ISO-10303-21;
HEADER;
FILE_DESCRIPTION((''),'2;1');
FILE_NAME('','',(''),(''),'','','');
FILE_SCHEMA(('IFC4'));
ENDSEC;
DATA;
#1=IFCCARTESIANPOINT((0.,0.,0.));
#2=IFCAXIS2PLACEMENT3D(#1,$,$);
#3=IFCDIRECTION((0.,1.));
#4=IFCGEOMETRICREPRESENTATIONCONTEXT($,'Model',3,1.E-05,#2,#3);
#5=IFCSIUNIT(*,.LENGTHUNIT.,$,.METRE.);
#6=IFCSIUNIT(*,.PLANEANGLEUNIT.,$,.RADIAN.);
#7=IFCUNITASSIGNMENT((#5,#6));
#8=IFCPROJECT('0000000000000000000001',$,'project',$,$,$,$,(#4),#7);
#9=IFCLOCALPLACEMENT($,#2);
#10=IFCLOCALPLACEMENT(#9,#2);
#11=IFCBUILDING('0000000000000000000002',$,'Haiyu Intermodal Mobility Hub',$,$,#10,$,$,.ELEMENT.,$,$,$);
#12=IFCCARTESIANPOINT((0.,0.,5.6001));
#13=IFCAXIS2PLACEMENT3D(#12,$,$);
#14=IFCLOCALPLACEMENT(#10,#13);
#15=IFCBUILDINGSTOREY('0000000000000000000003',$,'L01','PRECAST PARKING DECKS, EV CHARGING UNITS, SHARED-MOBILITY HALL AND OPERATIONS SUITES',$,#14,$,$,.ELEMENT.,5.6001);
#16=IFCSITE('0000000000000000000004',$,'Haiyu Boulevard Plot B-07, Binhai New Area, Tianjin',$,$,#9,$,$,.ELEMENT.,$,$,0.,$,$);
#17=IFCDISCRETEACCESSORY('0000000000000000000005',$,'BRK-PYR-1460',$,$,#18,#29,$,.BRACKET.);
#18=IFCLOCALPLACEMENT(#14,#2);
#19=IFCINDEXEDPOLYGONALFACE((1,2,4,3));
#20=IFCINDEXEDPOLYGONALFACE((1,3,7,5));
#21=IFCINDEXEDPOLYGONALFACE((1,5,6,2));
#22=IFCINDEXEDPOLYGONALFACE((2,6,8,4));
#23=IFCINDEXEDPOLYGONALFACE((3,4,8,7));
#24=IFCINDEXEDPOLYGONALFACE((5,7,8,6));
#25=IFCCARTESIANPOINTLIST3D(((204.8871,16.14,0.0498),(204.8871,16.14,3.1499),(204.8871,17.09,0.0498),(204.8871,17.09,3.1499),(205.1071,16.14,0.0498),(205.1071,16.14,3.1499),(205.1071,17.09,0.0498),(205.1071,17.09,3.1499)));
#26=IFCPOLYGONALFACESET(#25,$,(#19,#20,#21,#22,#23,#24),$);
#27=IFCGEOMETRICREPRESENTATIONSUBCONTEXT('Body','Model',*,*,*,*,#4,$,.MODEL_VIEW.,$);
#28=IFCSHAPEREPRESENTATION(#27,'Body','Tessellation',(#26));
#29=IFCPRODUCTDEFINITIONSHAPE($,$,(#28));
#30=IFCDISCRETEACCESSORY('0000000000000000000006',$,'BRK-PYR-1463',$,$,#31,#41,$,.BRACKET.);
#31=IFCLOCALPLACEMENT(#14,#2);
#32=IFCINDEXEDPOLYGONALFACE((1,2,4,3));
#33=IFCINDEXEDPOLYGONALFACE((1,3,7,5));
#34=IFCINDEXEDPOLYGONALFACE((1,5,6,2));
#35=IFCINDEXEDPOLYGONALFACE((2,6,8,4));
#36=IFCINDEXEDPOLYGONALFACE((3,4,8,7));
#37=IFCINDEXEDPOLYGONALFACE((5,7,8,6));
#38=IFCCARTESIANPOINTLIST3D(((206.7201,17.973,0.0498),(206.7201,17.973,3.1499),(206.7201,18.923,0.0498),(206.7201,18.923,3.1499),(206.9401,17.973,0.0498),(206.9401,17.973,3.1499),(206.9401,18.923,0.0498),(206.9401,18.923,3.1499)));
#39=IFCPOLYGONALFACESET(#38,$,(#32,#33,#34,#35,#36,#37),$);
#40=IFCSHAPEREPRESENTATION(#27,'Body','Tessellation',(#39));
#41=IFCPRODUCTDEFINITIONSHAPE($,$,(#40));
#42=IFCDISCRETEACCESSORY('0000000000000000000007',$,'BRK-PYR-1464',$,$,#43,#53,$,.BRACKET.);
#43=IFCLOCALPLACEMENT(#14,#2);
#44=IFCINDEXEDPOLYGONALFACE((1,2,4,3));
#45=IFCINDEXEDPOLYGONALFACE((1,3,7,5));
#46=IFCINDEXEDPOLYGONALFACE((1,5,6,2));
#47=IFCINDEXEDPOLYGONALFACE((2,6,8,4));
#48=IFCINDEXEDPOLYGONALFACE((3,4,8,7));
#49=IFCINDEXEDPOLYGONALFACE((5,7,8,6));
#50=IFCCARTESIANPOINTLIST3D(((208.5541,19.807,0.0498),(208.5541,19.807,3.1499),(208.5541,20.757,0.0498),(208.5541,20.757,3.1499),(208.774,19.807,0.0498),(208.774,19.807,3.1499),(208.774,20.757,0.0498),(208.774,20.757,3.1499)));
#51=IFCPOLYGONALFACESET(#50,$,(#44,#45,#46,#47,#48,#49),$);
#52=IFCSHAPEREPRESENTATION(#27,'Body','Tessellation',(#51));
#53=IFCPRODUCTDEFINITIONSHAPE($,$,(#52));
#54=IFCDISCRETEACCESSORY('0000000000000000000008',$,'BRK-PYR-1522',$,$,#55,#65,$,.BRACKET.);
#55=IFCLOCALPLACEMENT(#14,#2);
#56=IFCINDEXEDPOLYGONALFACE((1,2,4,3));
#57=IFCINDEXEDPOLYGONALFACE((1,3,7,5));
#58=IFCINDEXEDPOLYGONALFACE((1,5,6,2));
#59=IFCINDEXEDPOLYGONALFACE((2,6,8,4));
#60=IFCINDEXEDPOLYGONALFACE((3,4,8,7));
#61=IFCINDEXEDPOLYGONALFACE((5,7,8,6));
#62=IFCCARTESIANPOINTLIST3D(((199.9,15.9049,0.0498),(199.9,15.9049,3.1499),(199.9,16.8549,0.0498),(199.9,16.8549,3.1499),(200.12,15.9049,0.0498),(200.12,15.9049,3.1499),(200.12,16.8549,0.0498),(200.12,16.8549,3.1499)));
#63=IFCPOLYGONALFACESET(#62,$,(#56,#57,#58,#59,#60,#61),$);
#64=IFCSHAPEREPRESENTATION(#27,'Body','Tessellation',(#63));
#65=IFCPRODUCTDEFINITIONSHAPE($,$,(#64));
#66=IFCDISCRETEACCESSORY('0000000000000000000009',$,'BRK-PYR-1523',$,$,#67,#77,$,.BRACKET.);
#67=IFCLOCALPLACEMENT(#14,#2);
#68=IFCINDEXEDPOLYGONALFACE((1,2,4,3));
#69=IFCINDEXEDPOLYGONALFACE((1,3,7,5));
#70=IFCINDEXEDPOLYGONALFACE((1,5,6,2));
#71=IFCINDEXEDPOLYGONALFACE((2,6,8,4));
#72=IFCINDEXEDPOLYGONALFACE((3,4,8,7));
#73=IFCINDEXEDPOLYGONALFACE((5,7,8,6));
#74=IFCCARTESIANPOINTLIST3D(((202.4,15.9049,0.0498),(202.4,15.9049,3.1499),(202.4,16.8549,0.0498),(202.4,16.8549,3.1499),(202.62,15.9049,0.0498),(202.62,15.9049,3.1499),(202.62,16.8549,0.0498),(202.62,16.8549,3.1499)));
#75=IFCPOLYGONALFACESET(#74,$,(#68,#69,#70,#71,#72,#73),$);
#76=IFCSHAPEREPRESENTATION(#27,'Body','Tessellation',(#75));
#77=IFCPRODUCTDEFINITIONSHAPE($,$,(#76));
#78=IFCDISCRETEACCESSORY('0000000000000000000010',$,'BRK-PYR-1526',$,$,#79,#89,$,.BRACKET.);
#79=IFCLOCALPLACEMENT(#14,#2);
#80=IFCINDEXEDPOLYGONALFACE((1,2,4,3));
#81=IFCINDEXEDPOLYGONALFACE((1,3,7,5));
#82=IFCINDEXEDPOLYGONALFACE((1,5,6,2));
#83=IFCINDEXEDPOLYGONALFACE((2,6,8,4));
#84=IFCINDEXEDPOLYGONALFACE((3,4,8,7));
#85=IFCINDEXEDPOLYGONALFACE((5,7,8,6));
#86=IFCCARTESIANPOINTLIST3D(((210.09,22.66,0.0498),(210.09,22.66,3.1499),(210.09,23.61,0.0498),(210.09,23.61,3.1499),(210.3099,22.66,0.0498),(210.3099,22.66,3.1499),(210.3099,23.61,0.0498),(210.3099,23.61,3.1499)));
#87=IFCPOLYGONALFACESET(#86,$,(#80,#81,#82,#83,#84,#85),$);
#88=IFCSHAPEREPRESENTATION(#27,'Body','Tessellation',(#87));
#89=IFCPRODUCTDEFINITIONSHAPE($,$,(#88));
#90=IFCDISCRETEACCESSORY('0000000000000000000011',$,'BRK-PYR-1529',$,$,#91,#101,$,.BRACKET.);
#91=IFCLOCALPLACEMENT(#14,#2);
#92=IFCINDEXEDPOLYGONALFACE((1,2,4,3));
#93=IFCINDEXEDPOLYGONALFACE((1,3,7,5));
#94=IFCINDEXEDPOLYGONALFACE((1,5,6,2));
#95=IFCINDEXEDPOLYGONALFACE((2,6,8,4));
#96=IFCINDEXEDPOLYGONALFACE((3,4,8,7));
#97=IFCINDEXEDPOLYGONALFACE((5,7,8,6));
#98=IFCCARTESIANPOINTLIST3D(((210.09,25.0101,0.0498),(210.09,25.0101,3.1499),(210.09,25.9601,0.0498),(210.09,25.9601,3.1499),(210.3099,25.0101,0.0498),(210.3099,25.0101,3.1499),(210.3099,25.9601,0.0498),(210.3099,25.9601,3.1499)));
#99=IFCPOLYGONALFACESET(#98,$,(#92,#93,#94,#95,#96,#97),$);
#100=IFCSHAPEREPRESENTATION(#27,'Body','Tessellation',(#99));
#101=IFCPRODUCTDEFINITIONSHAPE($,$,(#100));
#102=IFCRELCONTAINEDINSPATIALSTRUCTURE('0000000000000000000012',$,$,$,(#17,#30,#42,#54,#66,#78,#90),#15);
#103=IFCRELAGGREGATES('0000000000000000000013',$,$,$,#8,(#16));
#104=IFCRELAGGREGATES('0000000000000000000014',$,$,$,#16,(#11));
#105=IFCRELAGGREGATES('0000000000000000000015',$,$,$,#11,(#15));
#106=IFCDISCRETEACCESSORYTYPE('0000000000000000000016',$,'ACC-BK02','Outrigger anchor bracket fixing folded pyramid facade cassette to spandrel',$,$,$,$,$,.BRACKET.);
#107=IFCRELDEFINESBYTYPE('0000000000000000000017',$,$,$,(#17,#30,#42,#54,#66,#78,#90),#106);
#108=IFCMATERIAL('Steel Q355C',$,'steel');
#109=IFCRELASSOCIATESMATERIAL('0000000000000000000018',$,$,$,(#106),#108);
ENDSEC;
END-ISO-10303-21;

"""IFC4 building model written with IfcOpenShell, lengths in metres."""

from ifc_helpers import new_model, si_unit, direction, frame, origin, origin_2d, place, context, subcontext, project, spatial, rectangle, extrude, material, type_object, element, save


model = new_model("IFC4")

# Units and contexts
model_context = context("Model", 3, precision=1e-05, world=origin(), true_north=direction((0.0, 1.0)))
body_context = subcontext(model_context, "Body", "Model", "MODEL_VIEW")
ifc_project = project(units=[si_unit("LENGTHUNIT", "METRE"), si_unit("PLANEANGLEUNIT", "RADIAN")], contexts=[model_context])

# Site, building, storey
site_placement = place(None, origin())
site = spatial("IfcSite", under=ifc_project, at=site_placement, Name="Haiyu Boulevard Plot B-07, Binhai New Area, Tianjin", CompositionType="ELEMENT", RefElevation=0.0)
building_placement = place(site_placement, origin())
building = spatial("IfcBuilding", under=site, at=building_placement, Name="Haiyu Intermodal Mobility Hub", CompositionType="ELEMENT")
storey_placement = place(building_placement, frame((0.0, 0.0, 5.6001)))
storey = spatial("IfcBuildingStorey", under=building, at=storey_placement, Name="L01", Description="PRECAST PARKING DECKS, EV CHARGING UNITS, SHARED-MOBILITY HALL AND OPERATIONS SUITES", CompositionType="ELEMENT", Elevation=5.6001)

# Discrete accessories
ifc_material_1 = material(Name="Steel Q355C", Category="steel")
discrete_accessory_type = type_object("IfcDiscreteAccessoryType", Name="ACC-BK02", Description="Outrigger anchor bracket fixing folded pyramid facade cassette to spandrel", PredefinedType="BRACKET", material=ifc_material_1)
for number, where, z_axis, x_axis, name in (
    (1, (204.9971, 16.615, 0.0498), (0.0, 0.0, 1.0), (1.0, 0.0, 0.0), "BRK-PYR-1460"),
    (2, (206.8301, 18.448, 0.0498), (0.0, 0.0, 1.0), (1.0, 0.0, 0.0), "BRK-PYR-1463"),
    (3, (208.6641, 20.282, 0.0498), (0.0, 0.0, 1.0), (1.0, 0.0, 0.0), "BRK-PYR-1464"),
    (4, (200.01, 16.3799, 0.0498), (0.0, 0.0, 1.0), (1.0, 0.0, 0.0), "BRK-PYR-1522"),
    (5, (202.51, 16.3799, 0.0498), (0.0, 0.0, 1.0), (1.0, 0.0, 0.0), "BRK-PYR-1523"),
    (6, (210.2, 23.135, 0.0498), (0.0, 0.0, 1.0), (1.0, 0.0, 0.0), "BRK-PYR-1526"),
    (7, (210.2, 25.4851, 0.0498), (0.0, 0.0, 1.0), (1.0, 0.0, 0.0), "BRK-PYR-1529"),
):
    element("IfcDiscreteAccessory", number, at=place(storey_placement, frame(where, z_axis=z_axis, x_axis=x_axis)), inside=storey, type_object=discrete_accessory_type, Name=name, PredefinedType="BRACKET", context=body_context, shape_type="SweptSolid", body=[
        extrude(rectangle(XDim=0.22, YDim=0.95, at=origin_2d()), origin(), (0.0, 0.0, 1.0), 3.1001),
    ])

save(model, "model.ifc")
